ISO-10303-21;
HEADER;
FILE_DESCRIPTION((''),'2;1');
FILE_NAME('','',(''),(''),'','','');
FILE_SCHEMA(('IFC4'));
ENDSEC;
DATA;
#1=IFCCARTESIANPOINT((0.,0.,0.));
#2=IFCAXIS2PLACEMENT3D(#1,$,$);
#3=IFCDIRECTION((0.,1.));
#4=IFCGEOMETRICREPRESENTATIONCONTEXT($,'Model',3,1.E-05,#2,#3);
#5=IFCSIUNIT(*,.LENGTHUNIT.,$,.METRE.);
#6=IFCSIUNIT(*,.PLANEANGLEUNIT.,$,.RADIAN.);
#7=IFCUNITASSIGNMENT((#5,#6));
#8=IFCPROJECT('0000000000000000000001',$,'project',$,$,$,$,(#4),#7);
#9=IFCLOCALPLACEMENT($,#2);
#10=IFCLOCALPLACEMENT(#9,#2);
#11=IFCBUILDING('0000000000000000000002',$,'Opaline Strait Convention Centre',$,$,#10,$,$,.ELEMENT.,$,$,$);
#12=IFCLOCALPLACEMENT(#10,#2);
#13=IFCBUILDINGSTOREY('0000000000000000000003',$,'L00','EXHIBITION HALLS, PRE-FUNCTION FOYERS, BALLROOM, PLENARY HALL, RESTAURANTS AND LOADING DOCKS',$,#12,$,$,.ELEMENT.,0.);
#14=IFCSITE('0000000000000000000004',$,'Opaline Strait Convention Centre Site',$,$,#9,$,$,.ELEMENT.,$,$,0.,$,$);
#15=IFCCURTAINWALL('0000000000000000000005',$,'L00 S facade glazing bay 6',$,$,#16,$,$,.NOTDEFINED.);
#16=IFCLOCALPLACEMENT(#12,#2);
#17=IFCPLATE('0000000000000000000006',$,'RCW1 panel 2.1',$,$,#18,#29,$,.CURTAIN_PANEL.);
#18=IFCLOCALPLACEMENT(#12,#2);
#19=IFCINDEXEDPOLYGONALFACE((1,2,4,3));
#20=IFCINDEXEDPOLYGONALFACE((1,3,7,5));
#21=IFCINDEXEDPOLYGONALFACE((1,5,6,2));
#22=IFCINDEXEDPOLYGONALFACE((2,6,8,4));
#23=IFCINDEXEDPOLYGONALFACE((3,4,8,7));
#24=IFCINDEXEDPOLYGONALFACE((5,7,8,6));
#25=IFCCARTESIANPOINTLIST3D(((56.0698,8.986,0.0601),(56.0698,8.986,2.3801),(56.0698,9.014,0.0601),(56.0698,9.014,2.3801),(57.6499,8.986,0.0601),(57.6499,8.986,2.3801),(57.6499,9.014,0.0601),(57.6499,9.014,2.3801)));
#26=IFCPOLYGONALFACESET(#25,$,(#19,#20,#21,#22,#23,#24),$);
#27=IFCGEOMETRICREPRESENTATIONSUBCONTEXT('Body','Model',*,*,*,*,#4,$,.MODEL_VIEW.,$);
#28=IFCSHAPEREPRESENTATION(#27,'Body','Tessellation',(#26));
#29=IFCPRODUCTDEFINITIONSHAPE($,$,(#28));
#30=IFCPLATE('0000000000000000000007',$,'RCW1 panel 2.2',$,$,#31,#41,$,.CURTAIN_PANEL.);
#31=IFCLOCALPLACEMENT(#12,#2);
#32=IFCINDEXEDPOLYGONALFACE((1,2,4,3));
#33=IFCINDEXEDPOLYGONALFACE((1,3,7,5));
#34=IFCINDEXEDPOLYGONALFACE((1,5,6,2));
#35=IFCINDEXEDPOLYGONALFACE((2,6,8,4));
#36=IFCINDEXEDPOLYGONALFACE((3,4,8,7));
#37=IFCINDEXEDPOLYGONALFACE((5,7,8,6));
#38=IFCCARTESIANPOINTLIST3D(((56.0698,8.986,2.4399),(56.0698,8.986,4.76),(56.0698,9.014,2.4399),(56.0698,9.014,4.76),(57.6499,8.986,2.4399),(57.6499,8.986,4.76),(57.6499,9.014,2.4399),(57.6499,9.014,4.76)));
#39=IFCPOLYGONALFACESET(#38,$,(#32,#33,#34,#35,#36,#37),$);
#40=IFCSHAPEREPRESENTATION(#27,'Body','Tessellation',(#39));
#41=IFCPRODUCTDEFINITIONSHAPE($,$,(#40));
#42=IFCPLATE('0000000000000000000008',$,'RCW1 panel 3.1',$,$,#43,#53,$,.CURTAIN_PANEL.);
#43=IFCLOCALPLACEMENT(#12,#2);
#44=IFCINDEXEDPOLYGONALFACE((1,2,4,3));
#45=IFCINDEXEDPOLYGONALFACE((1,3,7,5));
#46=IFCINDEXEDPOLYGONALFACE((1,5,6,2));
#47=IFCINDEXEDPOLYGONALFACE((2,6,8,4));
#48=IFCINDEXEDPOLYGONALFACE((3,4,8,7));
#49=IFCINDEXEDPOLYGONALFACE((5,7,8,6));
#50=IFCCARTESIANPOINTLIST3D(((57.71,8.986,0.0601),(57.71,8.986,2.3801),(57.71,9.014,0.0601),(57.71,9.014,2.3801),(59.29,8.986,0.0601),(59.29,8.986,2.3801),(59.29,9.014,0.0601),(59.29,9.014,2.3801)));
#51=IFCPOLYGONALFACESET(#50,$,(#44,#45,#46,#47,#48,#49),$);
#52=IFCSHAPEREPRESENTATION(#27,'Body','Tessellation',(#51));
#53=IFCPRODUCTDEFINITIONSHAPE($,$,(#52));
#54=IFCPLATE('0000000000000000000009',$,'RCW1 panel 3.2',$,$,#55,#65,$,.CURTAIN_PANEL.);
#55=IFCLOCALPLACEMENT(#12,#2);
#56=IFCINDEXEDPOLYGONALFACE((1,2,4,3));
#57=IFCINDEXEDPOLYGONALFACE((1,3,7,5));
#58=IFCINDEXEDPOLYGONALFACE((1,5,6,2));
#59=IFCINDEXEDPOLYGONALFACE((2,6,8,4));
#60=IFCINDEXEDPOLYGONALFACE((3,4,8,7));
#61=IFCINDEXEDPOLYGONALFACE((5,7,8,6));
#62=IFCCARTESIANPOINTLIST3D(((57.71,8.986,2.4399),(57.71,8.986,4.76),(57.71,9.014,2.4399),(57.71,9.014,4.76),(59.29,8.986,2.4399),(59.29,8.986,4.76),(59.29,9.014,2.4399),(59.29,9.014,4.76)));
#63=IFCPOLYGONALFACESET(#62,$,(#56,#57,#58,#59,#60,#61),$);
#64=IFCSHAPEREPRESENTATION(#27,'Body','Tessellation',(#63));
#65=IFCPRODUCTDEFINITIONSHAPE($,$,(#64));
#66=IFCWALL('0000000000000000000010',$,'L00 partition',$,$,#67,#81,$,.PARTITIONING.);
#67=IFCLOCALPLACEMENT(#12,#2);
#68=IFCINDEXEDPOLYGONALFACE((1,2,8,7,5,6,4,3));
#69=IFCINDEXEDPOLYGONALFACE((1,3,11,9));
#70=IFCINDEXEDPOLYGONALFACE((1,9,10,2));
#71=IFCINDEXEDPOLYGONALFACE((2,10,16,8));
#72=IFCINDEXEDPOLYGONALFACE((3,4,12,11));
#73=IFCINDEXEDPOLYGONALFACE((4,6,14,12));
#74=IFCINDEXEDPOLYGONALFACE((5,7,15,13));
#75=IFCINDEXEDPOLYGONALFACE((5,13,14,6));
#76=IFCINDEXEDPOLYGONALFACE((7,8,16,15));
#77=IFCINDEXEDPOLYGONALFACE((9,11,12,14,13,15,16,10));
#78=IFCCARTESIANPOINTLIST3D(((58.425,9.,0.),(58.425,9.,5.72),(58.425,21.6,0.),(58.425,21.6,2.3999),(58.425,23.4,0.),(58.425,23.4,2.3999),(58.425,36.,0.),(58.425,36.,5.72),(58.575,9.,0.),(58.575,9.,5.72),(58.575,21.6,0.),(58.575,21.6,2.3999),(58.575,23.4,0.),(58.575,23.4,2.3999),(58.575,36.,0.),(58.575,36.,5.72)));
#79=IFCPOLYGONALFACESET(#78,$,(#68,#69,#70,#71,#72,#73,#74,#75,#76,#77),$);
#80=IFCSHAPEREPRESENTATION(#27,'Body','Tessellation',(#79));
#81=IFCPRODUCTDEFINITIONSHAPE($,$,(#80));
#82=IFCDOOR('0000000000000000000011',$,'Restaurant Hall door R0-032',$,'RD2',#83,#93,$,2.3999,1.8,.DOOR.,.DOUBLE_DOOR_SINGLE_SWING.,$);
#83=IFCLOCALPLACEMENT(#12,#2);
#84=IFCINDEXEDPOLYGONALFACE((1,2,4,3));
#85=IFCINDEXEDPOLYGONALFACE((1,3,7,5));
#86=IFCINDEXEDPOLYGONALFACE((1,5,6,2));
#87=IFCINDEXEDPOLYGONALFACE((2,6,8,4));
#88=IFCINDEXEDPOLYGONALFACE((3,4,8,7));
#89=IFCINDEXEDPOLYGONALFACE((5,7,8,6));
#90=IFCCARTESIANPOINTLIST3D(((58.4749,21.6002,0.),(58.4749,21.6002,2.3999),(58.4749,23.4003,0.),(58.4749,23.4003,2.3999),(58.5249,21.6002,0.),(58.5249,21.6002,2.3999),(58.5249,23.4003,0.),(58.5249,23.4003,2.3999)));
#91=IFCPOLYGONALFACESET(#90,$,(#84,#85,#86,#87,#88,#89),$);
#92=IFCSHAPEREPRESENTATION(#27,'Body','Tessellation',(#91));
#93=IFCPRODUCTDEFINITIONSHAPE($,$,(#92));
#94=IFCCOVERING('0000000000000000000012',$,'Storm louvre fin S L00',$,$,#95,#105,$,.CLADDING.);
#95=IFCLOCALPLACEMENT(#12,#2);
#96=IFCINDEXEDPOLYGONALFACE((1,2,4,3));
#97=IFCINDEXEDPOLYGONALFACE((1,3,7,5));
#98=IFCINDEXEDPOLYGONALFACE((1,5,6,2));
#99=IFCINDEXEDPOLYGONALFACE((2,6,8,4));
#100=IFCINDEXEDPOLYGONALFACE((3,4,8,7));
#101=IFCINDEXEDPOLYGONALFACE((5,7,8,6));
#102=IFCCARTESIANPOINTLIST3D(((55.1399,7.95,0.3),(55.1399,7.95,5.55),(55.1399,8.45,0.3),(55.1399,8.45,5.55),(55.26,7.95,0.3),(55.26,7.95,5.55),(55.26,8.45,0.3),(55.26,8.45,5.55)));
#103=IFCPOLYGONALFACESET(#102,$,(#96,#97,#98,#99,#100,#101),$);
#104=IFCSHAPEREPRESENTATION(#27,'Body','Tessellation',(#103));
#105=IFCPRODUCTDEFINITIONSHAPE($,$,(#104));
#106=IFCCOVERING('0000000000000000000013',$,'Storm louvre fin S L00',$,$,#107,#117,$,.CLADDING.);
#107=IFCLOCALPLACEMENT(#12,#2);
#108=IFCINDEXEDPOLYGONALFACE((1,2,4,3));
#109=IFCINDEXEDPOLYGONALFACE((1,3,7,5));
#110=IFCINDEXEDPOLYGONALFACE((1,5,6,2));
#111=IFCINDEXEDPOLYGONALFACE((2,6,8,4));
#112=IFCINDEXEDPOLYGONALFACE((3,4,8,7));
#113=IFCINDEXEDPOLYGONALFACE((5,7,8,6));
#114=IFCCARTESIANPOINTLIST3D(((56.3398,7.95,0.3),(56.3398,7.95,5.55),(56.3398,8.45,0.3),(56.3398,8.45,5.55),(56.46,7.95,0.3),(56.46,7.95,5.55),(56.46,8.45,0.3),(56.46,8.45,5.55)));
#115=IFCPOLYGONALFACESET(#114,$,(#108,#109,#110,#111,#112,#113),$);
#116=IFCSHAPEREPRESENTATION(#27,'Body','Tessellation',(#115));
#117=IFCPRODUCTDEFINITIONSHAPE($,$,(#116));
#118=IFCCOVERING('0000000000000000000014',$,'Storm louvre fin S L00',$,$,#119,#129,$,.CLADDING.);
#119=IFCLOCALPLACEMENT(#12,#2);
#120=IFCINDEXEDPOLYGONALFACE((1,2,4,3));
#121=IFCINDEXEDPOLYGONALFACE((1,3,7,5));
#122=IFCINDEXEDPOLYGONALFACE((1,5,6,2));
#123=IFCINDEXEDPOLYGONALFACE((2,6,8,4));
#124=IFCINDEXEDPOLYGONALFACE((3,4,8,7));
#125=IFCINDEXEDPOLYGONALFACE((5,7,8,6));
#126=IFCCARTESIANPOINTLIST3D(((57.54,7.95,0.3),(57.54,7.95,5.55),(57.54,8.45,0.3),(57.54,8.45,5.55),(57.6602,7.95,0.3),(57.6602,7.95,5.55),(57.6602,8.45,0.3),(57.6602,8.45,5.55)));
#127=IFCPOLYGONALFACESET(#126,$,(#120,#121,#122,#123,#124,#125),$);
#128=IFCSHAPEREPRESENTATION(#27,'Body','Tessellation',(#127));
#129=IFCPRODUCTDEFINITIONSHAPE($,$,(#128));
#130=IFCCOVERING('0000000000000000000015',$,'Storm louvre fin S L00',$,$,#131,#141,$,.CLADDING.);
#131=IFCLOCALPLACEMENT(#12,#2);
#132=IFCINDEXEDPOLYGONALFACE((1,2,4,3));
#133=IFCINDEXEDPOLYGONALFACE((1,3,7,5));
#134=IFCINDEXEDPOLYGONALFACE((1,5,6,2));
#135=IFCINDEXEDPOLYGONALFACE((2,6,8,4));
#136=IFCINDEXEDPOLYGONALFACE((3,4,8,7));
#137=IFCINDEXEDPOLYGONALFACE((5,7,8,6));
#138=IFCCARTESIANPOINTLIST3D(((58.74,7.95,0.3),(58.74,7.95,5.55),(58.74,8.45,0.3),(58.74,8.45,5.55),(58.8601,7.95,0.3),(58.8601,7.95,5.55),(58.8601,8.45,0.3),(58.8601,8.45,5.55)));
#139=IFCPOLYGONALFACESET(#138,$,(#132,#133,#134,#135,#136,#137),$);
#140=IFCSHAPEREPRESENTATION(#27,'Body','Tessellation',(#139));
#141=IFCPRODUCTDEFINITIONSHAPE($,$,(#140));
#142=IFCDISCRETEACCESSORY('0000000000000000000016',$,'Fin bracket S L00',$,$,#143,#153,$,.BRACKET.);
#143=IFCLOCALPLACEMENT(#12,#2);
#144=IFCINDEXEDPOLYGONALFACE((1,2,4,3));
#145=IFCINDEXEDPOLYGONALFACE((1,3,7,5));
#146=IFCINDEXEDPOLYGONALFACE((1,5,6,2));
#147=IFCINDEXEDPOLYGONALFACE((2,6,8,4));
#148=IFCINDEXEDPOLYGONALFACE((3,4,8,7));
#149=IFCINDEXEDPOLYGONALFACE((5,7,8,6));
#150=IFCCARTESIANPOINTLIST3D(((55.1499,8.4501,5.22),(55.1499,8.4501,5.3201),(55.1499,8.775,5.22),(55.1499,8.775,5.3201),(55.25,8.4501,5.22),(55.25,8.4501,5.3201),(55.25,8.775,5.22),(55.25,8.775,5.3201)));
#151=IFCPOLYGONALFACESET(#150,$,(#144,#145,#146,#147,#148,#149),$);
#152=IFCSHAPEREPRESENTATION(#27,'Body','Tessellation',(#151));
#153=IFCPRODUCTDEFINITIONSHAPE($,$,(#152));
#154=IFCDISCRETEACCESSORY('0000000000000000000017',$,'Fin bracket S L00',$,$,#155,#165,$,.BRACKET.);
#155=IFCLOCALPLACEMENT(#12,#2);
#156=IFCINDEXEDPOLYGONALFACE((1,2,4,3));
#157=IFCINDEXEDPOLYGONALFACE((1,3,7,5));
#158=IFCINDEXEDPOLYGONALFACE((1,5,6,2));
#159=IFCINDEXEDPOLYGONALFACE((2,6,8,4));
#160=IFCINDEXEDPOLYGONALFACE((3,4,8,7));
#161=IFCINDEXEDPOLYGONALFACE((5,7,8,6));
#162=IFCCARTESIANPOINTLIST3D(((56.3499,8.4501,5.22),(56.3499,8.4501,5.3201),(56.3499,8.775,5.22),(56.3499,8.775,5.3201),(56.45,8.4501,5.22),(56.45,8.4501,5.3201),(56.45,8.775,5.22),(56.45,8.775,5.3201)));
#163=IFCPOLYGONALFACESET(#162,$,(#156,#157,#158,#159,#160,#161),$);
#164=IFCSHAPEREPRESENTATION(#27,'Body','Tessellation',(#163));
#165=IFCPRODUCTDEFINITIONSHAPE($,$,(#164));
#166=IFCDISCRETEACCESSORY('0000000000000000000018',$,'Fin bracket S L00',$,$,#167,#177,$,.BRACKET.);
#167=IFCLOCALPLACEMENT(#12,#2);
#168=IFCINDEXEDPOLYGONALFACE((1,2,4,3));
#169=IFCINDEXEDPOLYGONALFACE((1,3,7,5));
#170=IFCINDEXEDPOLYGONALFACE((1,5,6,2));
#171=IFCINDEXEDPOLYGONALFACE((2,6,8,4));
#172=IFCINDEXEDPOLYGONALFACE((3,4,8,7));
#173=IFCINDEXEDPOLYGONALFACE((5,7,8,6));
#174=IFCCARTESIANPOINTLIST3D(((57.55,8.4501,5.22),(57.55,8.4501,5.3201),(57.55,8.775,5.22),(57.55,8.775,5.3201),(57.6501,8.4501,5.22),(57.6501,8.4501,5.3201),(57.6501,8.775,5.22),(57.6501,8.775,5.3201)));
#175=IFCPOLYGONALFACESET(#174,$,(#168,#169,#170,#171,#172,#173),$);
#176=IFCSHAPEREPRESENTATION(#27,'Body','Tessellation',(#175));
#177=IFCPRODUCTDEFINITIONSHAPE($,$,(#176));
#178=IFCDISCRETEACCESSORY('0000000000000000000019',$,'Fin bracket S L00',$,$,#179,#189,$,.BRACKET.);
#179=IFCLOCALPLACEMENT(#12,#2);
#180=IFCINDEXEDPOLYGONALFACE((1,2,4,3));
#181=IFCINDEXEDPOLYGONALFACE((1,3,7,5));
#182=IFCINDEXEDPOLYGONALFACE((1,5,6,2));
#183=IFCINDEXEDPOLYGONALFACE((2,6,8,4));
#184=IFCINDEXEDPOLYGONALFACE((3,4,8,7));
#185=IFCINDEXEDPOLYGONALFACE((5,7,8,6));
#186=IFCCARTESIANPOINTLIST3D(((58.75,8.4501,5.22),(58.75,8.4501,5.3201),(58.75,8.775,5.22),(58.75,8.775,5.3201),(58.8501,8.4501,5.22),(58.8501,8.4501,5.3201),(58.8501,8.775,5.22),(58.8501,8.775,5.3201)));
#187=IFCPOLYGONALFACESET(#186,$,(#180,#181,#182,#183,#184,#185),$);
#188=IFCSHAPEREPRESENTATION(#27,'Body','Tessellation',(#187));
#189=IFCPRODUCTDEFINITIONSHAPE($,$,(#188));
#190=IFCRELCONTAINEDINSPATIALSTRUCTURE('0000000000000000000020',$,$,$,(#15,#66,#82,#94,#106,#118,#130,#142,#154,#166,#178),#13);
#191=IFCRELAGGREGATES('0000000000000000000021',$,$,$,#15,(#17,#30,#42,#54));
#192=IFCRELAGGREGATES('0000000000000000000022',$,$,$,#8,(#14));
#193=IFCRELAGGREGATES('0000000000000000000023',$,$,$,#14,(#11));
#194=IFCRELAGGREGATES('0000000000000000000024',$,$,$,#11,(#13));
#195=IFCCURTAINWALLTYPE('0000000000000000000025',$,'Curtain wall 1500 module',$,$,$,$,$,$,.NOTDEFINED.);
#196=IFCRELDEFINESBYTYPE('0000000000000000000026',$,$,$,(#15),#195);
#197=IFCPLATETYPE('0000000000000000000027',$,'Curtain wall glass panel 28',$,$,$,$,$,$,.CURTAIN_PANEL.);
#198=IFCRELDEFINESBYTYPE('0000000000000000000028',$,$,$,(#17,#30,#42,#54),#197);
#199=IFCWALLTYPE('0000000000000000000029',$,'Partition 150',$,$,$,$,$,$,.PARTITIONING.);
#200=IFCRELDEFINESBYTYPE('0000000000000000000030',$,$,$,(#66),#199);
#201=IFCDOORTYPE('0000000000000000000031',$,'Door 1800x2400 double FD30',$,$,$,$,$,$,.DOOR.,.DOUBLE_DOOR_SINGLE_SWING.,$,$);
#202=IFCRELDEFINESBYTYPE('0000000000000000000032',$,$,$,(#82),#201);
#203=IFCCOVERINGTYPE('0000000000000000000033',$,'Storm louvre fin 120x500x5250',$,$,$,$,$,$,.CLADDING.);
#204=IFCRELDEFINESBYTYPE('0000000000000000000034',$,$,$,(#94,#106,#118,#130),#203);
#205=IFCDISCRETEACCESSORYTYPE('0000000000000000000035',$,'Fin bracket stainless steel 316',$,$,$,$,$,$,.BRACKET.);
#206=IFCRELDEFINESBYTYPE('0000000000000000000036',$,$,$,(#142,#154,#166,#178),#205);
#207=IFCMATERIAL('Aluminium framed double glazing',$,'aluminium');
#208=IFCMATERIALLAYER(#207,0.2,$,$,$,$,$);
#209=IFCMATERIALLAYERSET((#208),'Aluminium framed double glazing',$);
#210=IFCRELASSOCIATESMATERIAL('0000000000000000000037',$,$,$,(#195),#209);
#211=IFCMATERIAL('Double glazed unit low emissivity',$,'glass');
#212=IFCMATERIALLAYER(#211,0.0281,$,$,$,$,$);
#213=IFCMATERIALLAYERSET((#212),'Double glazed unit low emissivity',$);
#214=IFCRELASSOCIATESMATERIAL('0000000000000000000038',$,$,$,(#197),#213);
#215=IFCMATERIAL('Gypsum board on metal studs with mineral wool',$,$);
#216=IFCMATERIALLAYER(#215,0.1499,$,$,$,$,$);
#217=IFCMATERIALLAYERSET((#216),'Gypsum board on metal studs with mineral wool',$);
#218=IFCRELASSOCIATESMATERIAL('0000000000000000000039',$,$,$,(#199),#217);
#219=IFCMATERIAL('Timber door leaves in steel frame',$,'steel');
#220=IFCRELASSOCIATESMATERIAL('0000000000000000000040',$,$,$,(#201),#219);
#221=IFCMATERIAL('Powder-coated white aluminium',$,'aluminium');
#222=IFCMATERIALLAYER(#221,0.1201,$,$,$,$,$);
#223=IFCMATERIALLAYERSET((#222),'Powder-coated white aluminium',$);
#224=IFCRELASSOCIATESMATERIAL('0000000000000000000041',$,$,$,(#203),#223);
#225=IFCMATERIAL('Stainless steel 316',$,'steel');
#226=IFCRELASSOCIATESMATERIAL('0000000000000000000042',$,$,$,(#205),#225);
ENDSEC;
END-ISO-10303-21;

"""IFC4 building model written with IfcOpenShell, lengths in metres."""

from ifc_helpers import new_model, si_unit, direction, frame, frame_2d, origin, origin_2d, place, context, subcontext, project, spatial, rectangle, extrude, material, layer, layer_set, type_object, element, fill, aggregate, save


model = new_model("IFC4")

# Units and contexts
model_context = context("Model", 3, precision=1e-05, world=origin(), true_north=direction((0.0, 1.0)))
body_context = subcontext(model_context, "Body", "Model", "MODEL_VIEW")
ifc_project = project(units=[si_unit("LENGTHUNIT", "METRE"), si_unit("PLANEANGLEUNIT", "RADIAN")], contexts=[model_context])

# Site, building, storey
site_placement = place(None, origin())
site = spatial("IfcSite", under=ifc_project, at=site_placement, Name="Opaline Strait Convention Centre Site", CompositionType="ELEMENT", RefElevation=0.0)
building_placement = place(site_placement, origin())
building = spatial("IfcBuilding", under=site, at=building_placement, Name="Opaline Strait Convention Centre", CompositionType="ELEMENT")
storey_placement = place(building_placement, origin())
storey = spatial("IfcBuildingStorey", under=building, at=storey_placement, Name="L00", Description="EXHIBITION HALLS, PRE-FUNCTION FOYERS, BALLROOM, PLENARY HALL, RESTAURANTS AND LOADING DOCKS", CompositionType="ELEMENT", Elevation=0.0)

# Curtain wall, plates
ifc_material_1 = material(Name="Aluminium framed double glazing", Category="aluminium")
ifc_layer_1 = layer(ifc_material_1, 0.2)
ifc_layer_set_1 = layer_set([ifc_layer_1], Name="Aluminium framed double glazing")
curtain_wall_type = type_object("IfcCurtainWallType", Name="Curtain wall 1500 module", PredefinedType="NOTDEFINED", material=ifc_layer_set_1)
curtain_wall_placement = place(storey_placement, origin())
curtain_wall = element("IfcCurtainWall", 1, at=curtain_wall_placement, inside=storey, type_object=curtain_wall_type, Name="L00 S facade glazing bay 6", PredefinedType="NOTDEFINED")
ifc_material_2 = material(Name="Double glazed unit low emissivity", Category="glass")
ifc_layer_2 = layer(ifc_material_2, 0.0281)
ifc_layer_set_2 = layer_set([ifc_layer_2], Name="Double glazed unit low emissivity")
plate_type = type_object("IfcPlateType", Name="Curtain wall glass panel 28", PredefinedType="CURTAIN_PANEL", material=ifc_layer_set_2)
plate_1_placement = place(storey_placement, frame((56.8599, 9.0, 0.0601), z_axis=(0.0, 0.0, 1.0), x_axis=(1.0, 0.0, 0.0)))
plate_1 = element("IfcPlate", 2, at=plate_1_placement, type_object=plate_type, Name="RCW1 panel 2.1", PredefinedType="CURTAIN_PANEL", context=body_context, shape_type="SweptSolid", body=[
    extrude(rectangle(XDim=1.5801, YDim=0.0281, at=origin_2d()), origin(), (0.0, 0.0, 1.0), 2.3201),
])
plate_2_placement = place(storey_placement, frame((56.8599, 9.0, 2.4399), z_axis=(0.0, 0.0, 1.0), x_axis=(1.0, 0.0, 0.0)))
plate_2 = element("IfcPlate", 3, at=plate_2_placement, type_object=plate_type, Name="RCW1 panel 2.2", PredefinedType="CURTAIN_PANEL", context=body_context, shape_type="SweptSolid", body=[
    extrude(rectangle(XDim=1.5801, YDim=0.0281, at=origin_2d()), origin(), (0.0, 0.0, 1.0), 2.3201),
])
plate_3_placement = place(storey_placement, frame((58.5, 9.0, 0.0601), z_axis=(0.0, 0.0, 1.0), x_axis=(1.0, 0.0, 0.0)))
plate_3 = element("IfcPlate", 4, at=plate_3_placement, type_object=plate_type, Name="RCW1 panel 3.1", PredefinedType="CURTAIN_PANEL", context=body_context, shape_type="SweptSolid", body=[
    extrude(rectangle(XDim=1.5801, YDim=0.0281, at=origin_2d()), origin(), (0.0, 0.0, 1.0), 2.3201),
])
plate_4_placement = place(storey_placement, frame((58.5, 9.0, 2.4399), z_axis=(0.0, 0.0, 1.0), x_axis=(1.0, 0.0, 0.0)))
plate_4 = element("IfcPlate", 5, at=plate_4_placement, type_object=plate_type, Name="RCW1 panel 3.2", PredefinedType="CURTAIN_PANEL", context=body_context, shape_type="SweptSolid", body=[
    extrude(rectangle(XDim=1.5801, YDim=0.0281, at=origin_2d()), origin(), (0.0, 0.0, 1.0), 2.3201),
])
aggregate(curtain_wall, [plate_1, plate_2, plate_3, plate_4])

# Wall, opening, door
ifc_material_3 = material(Name="Gypsum board on metal studs with mineral wool")
ifc_layer_3 = layer(ifc_material_3, 0.1499)
ifc_layer_set_3 = layer_set([ifc_layer_3], Name="Gypsum board on metal studs with mineral wool")
wall_type = type_object("IfcWallType", Name="Partition 150", PredefinedType="PARTITIONING", material=ifc_layer_set_3)
wall_placement = place(storey_placement, frame((58.5, 9.0, 0.0), z_axis=(0.0, 0.0, 1.0), x_axis=(0.0, 1.0, 0.0)))
wall = element("IfcWall", 6, at=wall_placement, inside=storey, type_object=wall_type, Name="L00 partition", PredefinedType="PARTITIONING", context=body_context, shape_type="SweptSolid", body=[
    extrude(rectangle(XDim=27.0, YDim=0.1499, at=frame_2d((13.5, 0.0))), origin(), (0.0, 0.0, 1.0), 5.72),
])
opening_placement = place(wall_placement, frame((12.6001, 0.0, 0.0)))
opening = element("IfcOpeningElement", 7, at=opening_placement, cuts=wall, PredefinedType="OPENING", context=body_context, shape_type="SweptSolid", body=[
    extrude(rectangle(XDim=1.8, YDim=2.3999, at=frame_2d((0.8999, 1.2))), frame((0.0, 0.085, 0.0), z_axis=(0.0, -1.0, 0.0), x_axis=(1.0, 0.0, 0.0)), (0.0, 0.0, 1.0), 0.1699),
])
ifc_material_4 = material(Name="Timber door leaves in steel frame", Category="steel")
door_type = type_object("IfcDoorType", Name="Door 1800x2400 double FD30", OperationType="DOUBLE_DOOR_SINGLE_SWING", PredefinedType="DOOR", material=ifc_material_4)
door_placement = place(opening_placement, frame((1.8, 0.0, 0.0), z_axis=(0.0, 0.0, 1.0), x_axis=(-1.0, 0.0, 0.0)))
door = element("IfcDoor", 8, at=door_placement, inside=storey, type_object=door_type, Name="Restaurant Hall door R0-032", ObjectType="RD2", OperationType="DOUBLE_DOOR_SINGLE_SWING", OverallHeight=2.3999, OverallWidth=1.8, PredefinedType="DOOR", context=body_context, shape_type="SweptSolid", body=[
    extrude(rectangle(XDim=1.8, YDim=2.3999, at=frame_2d((0.8999, 1.2))), frame((0.0, 0.0249, 0.0), z_axis=(0.0, -1.0, 0.0), x_axis=(1.0, 0.0, 0.0)), (0.0, 0.0, 1.0), 0.05),
])
fill(opening, door)

# Coverings
ifc_material_5 = material(Name="Powder-coated white aluminium", Category="aluminium")
ifc_layer_4 = layer(ifc_material_5, 0.1201)
ifc_layer_set_4 = layer_set([ifc_layer_4], Name="Powder-coated white aluminium")
covering_type = type_object("IfcCoveringType", Name="Storm louvre fin 120x500x5250", PredefinedType="CLADDING", material=ifc_layer_set_4)
for number, where, z_axis, x_axis, name in (
    (9, (55.2, 8.2, 0.3), (0.0, 0.0, 1.0), (1.0, 0.0, 0.0), "Storm louvre fin S L00"),
    (10, (56.3999, 8.2, 0.3), (0.0, 0.0, 1.0), (1.0, 0.0, 0.0), "Storm louvre fin S L00"),
    (11, (57.6001, 8.2, 0.3), (0.0, 0.0, 1.0), (1.0, 0.0, 0.0), "Storm louvre fin S L00"),
    (12, (58.8, 8.2, 0.3), (0.0, 0.0, 1.0), (1.0, 0.0, 0.0), "Storm louvre fin S L00"),
):
    element("IfcCovering", number, at=place(storey_placement, frame(where, z_axis=z_axis, x_axis=x_axis)), inside=storey, type_object=covering_type, Name=name, PredefinedType="CLADDING", context=body_context, shape_type="SweptSolid", body=[
        extrude(rectangle(XDim=0.1201, YDim=0.5, at=origin_2d()), origin(), (0.0, 0.0, 1.0), 5.25),
    ])

# Discrete accessories
ifc_material_6 = material(Name="Stainless steel 316", Category="steel")
discrete_accessory_type = type_object("IfcDiscreteAccessoryType", Name="Fin bracket stainless steel 316", PredefinedType="BRACKET", material=ifc_material_6)
for number, where, z_axis, x_axis, name in (
    (13, (55.2, 8.6125, 5.22), (0.0, 0.0, 1.0), (1.0, 0.0, 0.0), "Fin bracket S L00"),
    (14, (56.3999, 8.6125, 5.22), (0.0, 0.0, 1.0), (1.0, 0.0, 0.0), "Fin bracket S L00"),
    (15, (57.6001, 8.6125, 5.22), (0.0, 0.0, 1.0), (1.0, 0.0, 0.0), "Fin bracket S L00"),
    (16, (58.8, 8.6125, 5.22), (0.0, 0.0, 1.0), (1.0, 0.0, 0.0), "Fin bracket S L00"),
):
    element("IfcDiscreteAccessory", number, at=place(storey_placement, frame(where, z_axis=z_axis, x_axis=x_axis)), inside=storey, type_object=discrete_accessory_type, Name=name, PredefinedType="BRACKET", context=body_context, shape_type="SweptSolid", body=[
        extrude(rectangle(XDim=0.1001, YDim=0.325, at=origin_2d()), origin(), (0.0, 0.0, 1.0), 0.1001),
    ])

save(model, "model.ifc")
